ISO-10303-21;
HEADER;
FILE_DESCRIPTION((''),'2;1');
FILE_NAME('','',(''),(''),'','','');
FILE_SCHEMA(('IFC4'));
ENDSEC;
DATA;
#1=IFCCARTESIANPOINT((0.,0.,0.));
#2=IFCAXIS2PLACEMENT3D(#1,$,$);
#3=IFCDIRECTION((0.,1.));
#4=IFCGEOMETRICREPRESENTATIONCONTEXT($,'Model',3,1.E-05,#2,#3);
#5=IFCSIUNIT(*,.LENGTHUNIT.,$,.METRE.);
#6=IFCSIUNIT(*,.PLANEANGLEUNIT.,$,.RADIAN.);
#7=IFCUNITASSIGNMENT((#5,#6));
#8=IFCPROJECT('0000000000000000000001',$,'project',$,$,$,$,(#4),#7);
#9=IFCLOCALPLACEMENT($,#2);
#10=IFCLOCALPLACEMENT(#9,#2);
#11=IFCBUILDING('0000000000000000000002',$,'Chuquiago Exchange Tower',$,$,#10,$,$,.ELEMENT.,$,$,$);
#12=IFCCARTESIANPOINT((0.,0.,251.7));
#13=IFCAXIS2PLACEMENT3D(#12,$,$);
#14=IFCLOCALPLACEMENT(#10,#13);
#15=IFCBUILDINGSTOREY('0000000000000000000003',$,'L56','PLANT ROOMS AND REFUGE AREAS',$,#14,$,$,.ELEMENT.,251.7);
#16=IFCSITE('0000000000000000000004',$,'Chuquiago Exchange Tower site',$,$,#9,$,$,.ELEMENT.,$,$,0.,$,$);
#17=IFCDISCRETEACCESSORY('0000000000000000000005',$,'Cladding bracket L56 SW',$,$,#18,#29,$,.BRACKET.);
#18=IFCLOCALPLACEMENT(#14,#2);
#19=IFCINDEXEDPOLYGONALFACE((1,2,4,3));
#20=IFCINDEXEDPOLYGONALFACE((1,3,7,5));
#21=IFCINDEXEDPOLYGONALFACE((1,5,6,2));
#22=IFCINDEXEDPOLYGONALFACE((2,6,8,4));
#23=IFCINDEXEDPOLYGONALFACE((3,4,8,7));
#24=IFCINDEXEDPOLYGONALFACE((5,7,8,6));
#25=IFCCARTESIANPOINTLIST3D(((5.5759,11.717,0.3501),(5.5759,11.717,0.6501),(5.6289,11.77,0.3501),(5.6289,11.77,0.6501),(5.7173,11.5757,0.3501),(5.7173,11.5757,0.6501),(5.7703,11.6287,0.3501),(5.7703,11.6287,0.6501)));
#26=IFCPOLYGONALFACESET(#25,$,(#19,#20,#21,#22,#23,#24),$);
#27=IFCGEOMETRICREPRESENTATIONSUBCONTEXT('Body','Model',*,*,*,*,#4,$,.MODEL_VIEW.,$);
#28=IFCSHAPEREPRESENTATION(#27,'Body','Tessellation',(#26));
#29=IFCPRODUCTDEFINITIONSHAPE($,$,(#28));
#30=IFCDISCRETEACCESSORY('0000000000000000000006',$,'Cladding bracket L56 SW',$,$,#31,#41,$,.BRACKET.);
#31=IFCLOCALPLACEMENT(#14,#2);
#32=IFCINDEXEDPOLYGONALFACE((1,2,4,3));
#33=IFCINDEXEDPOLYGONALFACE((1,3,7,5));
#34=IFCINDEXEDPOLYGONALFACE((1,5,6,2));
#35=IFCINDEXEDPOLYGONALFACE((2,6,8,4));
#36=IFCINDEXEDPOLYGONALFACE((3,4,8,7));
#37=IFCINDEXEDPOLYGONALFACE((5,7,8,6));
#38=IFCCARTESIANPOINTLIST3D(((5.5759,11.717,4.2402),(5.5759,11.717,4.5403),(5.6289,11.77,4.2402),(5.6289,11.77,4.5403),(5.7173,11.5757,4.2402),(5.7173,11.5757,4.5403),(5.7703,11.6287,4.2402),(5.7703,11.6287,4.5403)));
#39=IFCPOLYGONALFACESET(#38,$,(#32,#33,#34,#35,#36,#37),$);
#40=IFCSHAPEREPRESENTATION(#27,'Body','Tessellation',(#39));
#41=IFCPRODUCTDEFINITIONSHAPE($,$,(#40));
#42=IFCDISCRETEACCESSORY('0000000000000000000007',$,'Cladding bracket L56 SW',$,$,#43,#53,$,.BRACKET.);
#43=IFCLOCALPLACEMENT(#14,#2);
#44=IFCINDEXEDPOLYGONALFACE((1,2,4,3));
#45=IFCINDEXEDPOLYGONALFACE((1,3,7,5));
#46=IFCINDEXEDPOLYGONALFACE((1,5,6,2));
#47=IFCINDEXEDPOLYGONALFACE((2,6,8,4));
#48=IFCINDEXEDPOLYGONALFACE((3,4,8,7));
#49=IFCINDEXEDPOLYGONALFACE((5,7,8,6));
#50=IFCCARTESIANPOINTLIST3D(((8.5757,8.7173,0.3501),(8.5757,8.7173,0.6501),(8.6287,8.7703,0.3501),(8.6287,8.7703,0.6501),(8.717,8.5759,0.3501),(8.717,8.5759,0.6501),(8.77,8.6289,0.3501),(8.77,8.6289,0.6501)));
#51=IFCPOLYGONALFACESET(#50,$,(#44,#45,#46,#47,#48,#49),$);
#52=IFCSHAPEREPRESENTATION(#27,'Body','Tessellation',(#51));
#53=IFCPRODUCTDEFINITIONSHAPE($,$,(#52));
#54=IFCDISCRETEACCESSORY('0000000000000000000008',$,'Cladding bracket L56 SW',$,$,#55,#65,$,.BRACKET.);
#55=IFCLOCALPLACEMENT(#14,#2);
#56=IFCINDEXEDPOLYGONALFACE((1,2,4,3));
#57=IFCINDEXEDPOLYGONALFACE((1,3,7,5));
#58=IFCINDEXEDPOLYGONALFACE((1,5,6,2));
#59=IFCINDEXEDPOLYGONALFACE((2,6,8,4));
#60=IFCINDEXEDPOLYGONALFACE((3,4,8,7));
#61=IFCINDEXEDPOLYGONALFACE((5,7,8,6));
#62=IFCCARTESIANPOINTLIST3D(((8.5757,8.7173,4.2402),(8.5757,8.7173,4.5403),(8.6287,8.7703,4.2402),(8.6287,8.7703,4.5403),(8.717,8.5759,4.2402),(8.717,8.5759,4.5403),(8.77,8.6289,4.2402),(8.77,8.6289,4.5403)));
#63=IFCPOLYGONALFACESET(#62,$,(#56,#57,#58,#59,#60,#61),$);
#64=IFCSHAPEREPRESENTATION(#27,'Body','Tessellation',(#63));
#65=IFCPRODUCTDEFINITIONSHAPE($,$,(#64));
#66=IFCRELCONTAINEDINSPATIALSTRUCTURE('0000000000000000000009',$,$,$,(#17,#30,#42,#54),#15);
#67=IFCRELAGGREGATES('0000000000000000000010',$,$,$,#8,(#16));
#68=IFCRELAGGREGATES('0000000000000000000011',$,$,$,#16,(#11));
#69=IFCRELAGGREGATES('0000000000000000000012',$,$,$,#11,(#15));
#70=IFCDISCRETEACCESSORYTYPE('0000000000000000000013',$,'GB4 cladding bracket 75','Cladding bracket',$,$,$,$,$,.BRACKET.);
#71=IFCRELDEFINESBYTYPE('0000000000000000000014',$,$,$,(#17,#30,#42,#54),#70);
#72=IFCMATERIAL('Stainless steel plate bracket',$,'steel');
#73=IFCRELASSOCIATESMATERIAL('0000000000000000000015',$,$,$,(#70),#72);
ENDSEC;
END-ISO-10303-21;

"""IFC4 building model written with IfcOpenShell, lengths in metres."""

from ifc_helpers import new_model, si_unit, direction, frame, origin, origin_2d, place, context, subcontext, project, spatial, rectangle, extrude, material, type_object, element, save


model = new_model("IFC4")

# Units and contexts
model_context = context("Model", 3, precision=1e-05, world=origin(), true_north=direction((0.0, 1.0)))
body_context = subcontext(model_context, "Body", "Model", "MODEL_VIEW")
ifc_project = project(units=[si_unit("LENGTHUNIT", "METRE"), si_unit("PLANEANGLEUNIT", "RADIAN")], contexts=[model_context])

# Site, building, storey
site_placement = place(None, origin())
site = spatial("IfcSite", under=ifc_project, at=site_placement, Name="Chuquiago Exchange Tower site", CompositionType="ELEMENT", RefElevation=0.0)
building_placement = place(site_placement, origin())
building = spatial("IfcBuilding", under=site, at=building_placement, Name="Chuquiago Exchange Tower", CompositionType="ELEMENT")
storey_placement = place(building_placement, frame((0.0, 0.0, 251.7)))
storey = spatial("IfcBuildingStorey", under=building, at=storey_placement, Name="L56", Description="PLANT ROOMS AND REFUGE AREAS", CompositionType="ELEMENT", Elevation=251.7)

# Discrete accessories
ifc_material_1 = material(Name="Stainless steel plate bracket", Category="steel")
discrete_accessory_type = type_object("IfcDiscreteAccessoryType", Name="GB4 cladding bracket 75", Description="Cladding bracket", PredefinedType="BRACKET", material=ifc_material_1)
for number, where, z_axis, x_axis, name in (
    (1, (5.6731, 11.6729, 0.3501), (0.0, 0.0, 1.0), (0.707107, -0.707107, 0.0), "Cladding bracket L56 SW"),
    (2, (5.6731, 11.6729, 4.2402), (0.0, 0.0, 1.0), (0.707107, -0.707107, 0.0), "Cladding bracket L56 SW"),
    (3, (8.6729, 8.6731, 0.3501), (0.0, 0.0, 1.0), (0.707107, -0.707107, 0.0), "Cladding bracket L56 SW"),
    (4, (8.6729, 8.6731, 4.2402), (0.0, 0.0, 1.0), (0.707107, -0.707107, 0.0), "Cladding bracket L56 SW"),
):
    element("IfcDiscreteAccessory", number, at=place(storey_placement, frame(where, z_axis=z_axis, x_axis=x_axis)), inside=storey, type_object=discrete_accessory_type, Name=name, PredefinedType="BRACKET", context=body_context, shape_type="SweptSolid", body=[
        extrude(rectangle(XDim=0.2, YDim=0.075, at=origin_2d()), origin(), (0.0, 0.0, 1.0), 0.3),
    ])

save(model, "model.ifc")
